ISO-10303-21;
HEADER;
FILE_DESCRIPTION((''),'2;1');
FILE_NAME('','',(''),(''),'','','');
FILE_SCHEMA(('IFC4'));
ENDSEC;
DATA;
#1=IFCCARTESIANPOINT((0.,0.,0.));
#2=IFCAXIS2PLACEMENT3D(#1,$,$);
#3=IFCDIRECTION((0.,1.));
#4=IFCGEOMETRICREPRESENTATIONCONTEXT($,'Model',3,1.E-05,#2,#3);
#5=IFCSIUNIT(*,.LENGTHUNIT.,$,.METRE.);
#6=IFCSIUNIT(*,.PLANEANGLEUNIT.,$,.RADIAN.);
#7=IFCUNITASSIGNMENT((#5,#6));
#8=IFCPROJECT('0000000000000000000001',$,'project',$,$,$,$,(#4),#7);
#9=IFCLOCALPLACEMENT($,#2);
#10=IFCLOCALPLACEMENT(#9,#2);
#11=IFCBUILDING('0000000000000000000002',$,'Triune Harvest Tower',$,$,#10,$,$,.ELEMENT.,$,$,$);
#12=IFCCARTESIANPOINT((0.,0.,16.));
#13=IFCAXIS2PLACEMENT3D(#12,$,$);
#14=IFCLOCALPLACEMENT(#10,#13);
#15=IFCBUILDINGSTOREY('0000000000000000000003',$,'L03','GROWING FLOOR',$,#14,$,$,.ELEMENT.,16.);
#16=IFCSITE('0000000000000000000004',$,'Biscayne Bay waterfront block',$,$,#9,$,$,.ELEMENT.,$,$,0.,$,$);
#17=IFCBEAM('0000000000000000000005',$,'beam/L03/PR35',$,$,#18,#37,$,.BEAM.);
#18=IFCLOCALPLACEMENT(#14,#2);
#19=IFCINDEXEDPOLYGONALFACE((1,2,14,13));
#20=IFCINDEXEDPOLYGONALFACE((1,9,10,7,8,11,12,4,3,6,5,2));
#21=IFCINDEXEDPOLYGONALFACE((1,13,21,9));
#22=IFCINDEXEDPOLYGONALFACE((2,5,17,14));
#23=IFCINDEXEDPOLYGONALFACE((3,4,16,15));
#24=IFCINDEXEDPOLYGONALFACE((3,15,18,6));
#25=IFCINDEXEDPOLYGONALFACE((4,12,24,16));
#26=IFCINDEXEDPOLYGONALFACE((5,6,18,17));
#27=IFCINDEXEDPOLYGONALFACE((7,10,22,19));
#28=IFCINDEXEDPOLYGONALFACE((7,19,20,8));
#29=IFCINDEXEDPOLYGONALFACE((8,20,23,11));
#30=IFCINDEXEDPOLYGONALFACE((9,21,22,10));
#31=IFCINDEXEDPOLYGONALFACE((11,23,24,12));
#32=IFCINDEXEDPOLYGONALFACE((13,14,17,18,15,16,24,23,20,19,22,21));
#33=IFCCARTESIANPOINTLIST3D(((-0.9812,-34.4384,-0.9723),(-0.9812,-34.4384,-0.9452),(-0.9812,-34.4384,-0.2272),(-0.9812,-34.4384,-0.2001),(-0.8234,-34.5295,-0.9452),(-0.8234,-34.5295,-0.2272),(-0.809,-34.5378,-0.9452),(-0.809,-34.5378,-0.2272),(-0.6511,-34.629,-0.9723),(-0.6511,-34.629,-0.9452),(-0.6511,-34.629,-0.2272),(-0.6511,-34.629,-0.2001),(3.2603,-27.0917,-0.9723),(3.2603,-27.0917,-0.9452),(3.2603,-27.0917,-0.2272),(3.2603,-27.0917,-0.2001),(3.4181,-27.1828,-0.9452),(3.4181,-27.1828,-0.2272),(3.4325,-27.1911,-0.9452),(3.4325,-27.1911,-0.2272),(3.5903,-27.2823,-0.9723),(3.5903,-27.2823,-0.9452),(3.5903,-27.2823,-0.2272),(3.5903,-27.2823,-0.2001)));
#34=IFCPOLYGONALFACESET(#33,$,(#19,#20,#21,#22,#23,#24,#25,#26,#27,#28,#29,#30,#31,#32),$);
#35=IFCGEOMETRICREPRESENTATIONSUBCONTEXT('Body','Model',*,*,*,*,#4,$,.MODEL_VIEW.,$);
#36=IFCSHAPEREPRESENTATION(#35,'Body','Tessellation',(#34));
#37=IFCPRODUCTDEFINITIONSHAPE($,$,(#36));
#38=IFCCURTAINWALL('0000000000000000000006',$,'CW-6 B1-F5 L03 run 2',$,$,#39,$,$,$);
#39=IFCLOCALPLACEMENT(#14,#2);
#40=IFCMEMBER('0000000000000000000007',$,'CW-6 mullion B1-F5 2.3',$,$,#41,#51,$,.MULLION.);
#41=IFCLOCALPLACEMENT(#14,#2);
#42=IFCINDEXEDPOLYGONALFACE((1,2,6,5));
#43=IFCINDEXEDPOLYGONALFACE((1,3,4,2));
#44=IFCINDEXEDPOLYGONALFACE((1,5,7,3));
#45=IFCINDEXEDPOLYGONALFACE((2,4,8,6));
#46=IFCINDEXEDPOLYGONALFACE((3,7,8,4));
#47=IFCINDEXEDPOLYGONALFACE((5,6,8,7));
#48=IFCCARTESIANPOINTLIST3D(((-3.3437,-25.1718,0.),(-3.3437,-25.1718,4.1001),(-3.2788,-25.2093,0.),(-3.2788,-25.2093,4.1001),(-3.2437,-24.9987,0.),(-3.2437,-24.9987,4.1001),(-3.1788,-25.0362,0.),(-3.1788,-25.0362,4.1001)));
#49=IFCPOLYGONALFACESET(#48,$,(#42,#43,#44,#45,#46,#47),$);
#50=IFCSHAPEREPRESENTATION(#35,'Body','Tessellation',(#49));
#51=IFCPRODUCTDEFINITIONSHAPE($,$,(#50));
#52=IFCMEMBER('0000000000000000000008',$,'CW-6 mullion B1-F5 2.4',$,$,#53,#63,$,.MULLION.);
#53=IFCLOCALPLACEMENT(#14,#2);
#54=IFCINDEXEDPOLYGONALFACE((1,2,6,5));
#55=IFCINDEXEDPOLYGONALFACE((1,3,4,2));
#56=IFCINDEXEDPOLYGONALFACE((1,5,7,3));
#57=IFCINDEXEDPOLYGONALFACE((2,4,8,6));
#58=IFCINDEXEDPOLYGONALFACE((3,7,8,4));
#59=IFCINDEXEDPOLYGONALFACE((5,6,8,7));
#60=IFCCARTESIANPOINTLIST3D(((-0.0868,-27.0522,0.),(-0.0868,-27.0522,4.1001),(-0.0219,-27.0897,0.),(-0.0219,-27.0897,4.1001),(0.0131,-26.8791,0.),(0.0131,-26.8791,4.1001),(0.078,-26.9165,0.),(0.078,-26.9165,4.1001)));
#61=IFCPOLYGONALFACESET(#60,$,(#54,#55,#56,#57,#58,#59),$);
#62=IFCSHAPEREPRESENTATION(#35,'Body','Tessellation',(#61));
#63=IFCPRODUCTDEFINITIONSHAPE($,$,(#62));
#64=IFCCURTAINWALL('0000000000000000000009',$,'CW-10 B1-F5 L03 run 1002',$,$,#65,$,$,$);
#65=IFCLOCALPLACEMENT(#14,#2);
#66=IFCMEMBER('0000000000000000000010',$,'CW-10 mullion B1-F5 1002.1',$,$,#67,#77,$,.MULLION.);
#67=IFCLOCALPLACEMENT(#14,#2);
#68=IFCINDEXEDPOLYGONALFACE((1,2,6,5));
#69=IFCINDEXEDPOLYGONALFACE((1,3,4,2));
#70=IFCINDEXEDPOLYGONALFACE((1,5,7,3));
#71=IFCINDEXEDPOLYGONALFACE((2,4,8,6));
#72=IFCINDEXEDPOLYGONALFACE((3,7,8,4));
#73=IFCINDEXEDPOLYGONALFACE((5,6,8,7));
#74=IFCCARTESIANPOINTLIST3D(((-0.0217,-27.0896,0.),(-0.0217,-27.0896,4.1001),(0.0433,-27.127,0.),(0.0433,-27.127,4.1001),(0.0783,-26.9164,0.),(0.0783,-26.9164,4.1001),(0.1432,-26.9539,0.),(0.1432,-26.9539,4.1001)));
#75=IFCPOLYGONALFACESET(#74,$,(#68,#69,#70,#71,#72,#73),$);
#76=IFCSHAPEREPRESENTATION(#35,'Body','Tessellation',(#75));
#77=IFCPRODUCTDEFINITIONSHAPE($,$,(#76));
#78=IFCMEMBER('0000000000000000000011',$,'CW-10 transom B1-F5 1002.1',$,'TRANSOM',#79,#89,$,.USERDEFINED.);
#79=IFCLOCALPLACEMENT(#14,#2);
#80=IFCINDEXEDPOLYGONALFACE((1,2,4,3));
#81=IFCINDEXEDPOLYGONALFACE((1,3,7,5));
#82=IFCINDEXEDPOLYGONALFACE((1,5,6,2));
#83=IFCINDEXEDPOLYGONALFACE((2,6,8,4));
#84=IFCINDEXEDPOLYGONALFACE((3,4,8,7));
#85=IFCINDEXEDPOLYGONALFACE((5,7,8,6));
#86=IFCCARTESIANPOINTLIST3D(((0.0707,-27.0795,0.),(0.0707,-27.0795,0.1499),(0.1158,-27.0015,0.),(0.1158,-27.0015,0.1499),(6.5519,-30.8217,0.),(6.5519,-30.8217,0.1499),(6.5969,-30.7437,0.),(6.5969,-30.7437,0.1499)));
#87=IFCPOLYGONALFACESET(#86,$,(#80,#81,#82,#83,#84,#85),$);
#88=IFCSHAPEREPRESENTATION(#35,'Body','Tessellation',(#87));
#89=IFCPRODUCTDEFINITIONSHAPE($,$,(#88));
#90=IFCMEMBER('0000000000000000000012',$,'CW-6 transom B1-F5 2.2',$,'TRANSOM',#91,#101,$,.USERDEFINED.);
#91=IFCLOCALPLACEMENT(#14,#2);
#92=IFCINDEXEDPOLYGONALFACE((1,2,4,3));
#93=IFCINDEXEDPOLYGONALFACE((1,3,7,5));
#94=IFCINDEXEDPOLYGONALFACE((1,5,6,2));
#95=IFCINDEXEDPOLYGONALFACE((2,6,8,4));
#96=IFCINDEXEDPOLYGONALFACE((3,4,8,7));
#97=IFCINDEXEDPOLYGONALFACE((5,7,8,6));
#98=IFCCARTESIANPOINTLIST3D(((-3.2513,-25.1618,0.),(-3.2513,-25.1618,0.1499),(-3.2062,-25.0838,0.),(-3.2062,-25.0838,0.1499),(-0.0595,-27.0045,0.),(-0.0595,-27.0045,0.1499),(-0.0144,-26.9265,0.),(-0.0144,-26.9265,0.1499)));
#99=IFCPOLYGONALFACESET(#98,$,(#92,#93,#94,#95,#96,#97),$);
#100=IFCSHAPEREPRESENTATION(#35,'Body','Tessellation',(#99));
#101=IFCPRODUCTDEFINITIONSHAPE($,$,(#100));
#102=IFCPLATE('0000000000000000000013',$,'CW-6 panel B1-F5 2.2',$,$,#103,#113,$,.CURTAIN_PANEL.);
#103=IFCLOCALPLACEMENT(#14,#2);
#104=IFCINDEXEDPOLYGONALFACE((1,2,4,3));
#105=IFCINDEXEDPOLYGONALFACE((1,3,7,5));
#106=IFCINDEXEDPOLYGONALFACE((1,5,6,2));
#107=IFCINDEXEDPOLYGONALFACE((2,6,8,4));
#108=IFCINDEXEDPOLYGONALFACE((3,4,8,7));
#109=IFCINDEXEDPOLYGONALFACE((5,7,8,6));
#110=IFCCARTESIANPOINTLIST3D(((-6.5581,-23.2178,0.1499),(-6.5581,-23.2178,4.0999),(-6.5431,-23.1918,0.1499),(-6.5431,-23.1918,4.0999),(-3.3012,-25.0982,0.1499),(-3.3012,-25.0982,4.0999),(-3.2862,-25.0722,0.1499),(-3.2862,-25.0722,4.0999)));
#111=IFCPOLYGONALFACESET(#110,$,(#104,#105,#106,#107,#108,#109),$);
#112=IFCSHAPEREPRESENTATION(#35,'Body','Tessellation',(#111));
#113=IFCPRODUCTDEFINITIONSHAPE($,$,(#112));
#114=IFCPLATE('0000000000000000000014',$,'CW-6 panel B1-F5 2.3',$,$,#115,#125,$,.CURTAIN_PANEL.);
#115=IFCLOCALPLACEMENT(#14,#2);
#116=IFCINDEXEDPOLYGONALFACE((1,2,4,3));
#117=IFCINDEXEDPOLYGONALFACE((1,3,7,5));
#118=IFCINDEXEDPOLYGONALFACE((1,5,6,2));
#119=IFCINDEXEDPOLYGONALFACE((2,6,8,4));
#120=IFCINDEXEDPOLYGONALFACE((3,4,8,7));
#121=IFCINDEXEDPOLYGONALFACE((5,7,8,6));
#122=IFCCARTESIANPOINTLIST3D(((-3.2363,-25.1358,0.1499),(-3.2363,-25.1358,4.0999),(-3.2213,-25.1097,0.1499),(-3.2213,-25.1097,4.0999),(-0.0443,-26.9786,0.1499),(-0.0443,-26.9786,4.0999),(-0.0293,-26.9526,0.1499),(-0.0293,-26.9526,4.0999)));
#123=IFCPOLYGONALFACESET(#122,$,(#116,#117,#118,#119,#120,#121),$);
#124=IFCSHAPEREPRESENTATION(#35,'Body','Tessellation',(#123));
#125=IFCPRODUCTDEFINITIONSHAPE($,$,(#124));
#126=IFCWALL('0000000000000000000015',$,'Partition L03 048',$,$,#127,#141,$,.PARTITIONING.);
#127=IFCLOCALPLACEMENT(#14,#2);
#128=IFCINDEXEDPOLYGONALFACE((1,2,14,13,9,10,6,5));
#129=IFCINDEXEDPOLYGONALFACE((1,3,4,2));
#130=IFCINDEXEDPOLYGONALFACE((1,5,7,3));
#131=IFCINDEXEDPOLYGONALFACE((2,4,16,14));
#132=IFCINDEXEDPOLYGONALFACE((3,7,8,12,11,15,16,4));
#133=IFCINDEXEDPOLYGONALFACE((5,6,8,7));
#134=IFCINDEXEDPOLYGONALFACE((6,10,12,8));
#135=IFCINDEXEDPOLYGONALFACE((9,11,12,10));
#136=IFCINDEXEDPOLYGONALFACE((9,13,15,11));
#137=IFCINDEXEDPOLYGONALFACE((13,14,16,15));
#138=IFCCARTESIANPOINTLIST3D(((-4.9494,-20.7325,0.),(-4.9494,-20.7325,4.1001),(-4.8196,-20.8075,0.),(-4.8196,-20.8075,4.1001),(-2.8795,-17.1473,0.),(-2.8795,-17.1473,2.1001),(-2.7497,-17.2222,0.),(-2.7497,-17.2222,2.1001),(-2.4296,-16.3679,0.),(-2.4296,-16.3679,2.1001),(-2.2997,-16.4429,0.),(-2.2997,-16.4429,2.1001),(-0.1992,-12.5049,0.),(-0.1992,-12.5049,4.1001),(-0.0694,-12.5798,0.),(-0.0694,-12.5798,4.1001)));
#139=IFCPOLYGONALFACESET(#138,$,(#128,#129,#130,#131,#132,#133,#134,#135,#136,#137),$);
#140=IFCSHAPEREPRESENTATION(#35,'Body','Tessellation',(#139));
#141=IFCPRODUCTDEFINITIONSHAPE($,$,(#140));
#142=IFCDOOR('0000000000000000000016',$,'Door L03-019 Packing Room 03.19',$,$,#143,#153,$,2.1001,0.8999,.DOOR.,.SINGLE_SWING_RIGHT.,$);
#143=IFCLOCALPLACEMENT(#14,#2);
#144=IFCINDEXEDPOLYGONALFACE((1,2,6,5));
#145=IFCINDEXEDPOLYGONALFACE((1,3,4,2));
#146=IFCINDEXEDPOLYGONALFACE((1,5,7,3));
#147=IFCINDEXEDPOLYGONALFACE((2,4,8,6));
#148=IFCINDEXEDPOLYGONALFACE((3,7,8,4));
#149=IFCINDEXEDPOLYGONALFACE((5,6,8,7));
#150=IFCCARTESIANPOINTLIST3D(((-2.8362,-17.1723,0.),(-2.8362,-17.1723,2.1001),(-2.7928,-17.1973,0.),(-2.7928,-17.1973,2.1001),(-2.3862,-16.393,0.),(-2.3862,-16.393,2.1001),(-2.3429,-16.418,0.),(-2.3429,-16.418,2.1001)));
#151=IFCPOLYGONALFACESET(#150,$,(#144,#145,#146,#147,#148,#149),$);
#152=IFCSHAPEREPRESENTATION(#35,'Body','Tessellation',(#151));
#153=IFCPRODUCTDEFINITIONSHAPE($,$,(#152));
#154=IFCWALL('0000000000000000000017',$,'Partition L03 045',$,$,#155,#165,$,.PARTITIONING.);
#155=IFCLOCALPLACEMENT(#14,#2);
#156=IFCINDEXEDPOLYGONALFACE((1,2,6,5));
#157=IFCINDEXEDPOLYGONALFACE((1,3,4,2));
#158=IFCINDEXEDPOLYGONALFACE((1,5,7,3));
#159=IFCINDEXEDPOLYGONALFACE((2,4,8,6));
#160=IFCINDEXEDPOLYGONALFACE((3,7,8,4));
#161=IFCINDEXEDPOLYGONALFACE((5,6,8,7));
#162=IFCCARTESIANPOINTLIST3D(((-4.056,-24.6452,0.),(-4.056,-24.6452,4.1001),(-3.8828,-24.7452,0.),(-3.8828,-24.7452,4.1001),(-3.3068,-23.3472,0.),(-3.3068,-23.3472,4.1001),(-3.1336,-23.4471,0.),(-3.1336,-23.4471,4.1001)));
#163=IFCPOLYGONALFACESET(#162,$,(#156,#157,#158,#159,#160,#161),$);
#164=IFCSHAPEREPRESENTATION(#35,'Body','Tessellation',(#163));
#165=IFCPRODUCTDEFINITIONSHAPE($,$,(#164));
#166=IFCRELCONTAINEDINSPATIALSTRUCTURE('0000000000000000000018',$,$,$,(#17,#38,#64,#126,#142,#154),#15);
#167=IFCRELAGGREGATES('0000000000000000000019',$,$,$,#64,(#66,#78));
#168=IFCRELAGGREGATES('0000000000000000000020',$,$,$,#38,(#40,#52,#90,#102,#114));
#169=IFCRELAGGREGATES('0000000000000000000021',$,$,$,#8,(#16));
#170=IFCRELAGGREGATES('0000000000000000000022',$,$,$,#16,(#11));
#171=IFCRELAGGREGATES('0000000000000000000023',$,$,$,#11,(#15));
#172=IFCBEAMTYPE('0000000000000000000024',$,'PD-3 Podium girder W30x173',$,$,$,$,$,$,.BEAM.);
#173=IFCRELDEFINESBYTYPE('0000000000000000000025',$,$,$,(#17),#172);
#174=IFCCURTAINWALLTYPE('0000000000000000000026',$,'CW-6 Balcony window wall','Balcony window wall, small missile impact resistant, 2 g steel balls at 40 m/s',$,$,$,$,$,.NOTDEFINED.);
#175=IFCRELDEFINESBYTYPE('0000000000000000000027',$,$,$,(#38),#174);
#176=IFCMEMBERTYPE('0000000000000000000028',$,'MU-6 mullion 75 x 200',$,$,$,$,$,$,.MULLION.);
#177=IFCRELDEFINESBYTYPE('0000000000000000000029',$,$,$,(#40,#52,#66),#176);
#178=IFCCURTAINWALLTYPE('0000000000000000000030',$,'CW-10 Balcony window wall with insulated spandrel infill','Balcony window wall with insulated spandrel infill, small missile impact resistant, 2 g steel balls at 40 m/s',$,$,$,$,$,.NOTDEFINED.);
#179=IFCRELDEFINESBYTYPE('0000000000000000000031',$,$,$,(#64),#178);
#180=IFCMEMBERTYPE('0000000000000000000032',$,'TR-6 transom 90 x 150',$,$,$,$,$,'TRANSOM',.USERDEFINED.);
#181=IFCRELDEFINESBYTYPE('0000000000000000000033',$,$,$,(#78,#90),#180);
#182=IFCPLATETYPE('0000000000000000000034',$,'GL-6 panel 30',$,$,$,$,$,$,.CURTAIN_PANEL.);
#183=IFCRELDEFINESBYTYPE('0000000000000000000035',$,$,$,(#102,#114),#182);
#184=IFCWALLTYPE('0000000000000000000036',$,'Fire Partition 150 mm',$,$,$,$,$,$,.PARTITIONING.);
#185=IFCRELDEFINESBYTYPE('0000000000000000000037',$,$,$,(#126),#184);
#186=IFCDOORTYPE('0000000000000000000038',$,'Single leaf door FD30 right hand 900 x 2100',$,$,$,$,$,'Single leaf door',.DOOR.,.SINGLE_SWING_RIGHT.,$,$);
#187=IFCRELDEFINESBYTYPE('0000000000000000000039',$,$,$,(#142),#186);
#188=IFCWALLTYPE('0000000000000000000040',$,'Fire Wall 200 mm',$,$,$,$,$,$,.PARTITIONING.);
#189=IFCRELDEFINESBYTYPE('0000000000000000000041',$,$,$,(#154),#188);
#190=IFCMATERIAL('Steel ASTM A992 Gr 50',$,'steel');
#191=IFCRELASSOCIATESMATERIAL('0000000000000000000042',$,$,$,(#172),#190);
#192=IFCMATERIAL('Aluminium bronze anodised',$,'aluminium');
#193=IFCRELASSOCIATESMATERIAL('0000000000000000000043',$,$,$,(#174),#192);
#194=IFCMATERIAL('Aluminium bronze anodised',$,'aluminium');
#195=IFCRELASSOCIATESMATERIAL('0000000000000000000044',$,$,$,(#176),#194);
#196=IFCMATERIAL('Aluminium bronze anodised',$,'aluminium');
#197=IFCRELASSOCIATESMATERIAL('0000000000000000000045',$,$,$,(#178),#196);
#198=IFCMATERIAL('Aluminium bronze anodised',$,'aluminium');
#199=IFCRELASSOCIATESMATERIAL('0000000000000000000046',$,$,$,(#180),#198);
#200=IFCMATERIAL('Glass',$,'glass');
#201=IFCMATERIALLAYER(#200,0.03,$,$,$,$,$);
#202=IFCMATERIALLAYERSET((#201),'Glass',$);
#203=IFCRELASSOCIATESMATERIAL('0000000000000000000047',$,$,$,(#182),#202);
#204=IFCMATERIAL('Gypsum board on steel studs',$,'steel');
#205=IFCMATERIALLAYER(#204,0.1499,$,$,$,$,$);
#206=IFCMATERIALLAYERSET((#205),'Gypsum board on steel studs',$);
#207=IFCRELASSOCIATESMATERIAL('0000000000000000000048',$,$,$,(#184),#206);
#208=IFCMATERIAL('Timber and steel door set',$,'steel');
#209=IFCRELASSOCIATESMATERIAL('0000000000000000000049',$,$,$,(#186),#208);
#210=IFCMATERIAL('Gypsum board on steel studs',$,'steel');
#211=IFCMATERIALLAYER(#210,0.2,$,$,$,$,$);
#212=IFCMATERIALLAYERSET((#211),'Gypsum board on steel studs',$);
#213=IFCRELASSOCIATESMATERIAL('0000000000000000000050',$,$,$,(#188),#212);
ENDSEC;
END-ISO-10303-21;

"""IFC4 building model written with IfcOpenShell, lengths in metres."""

from ifc_helpers import new_model, si_unit, direction, frame, frame_2d, origin, origin_2d, place, context, subcontext, project, spatial, rectangle, i_section, extrude, source, transform, mapped, material, layer, layer_set, material_profile, profile_set, type_object, element, fill, aggregate, save


model = new_model("IFC4")

# Units and contexts
model_context = context("Model", 3, precision=1e-05, world=origin(), true_north=direction((0.0, 1.0)))
body_context = subcontext(model_context, "Body", "Model", "MODEL_VIEW")
ifc_project = project(units=[si_unit("LENGTHUNIT", "METRE"), si_unit("PLANEANGLEUNIT", "RADIAN")], contexts=[model_context])

# Site, building, storey
site_placement = place(None, origin())
site = spatial("IfcSite", under=ifc_project, at=site_placement, Name="Biscayne Bay waterfront block", CompositionType="ELEMENT", RefElevation=0.0)
building_placement = place(site_placement, origin())
building = spatial("IfcBuilding", under=site, at=building_placement, Name="Triune Harvest Tower", CompositionType="ELEMENT")
storey_placement = place(building_placement, frame((0.0, 0.0, 16.0)))
storey = spatial("IfcBuildingStorey", under=building, at=storey_placement, Name="L03", Description="GROWING FLOOR", CompositionType="ELEMENT", Elevation=16.0)

# Beam
ifc_material_1 = material(Name="Steel ASTM A992 Gr 50", Category="steel")
ifc_material_profile_1 = material_profile(ifc_material_1, i_section(OverallWidth=0.3811, OverallDepth=0.7722, WebThickness=0.0166, FlangeThickness=0.0271, at=origin_2d()), Name="W30x173")
ifc_profile_set_1 = profile_set([ifc_material_profile_1], Name="Steel ASTM A992 Gr 50")
beam_type_1 = type_object("IfcBeamType", Name="PD-3 Podium girder W30x173", PredefinedType="BEAM", material=ifc_profile_set_1)
shared_shape_1 = source(origin(), body_context, "Body", "SweptSolid", [
    extrude(i_section(OverallWidth=0.3811, OverallDepth=0.7722, WebThickness=0.0166, FlangeThickness=0.0271, at=origin_2d()), origin(), (0.0, 0.0, 1.0), 8.4832),
])
beam_1_placement = place(storey_placement, frame((-0.8162, -34.5337, -0.5862), z_axis=(0.499987, 0.866033, 0.0), x_axis=(-0.866033, 0.499987, 0.0)))
element("IfcBeam", 1, at=beam_1_placement, inside=storey, type_object=beam_type_1, Name="beam/L03/PR35", PredefinedType="BEAM", context=body_context, shape_type="MappedRepresentation", body=[
    mapped(shared_shape_1, transform((0.0, 0.0, 0.0), scale=1.0)),
])

# Curtain walls, members
ifc_material_2 = material(Name="Aluminium bronze anodised", Category="aluminium")
curtain_wall_type_1 = type_object("IfcCurtainWallType", Name="CW-6 Balcony window wall", Description="Balcony window wall, small missile impact resistant, 2 g steel balls at 40 m/s", PredefinedType="NOTDEFINED", material=ifc_material_2)
curtain_wall_1_placement = place(storey_placement, origin())
curtain_wall_1 = element("IfcCurtainWall", 2, at=curtain_wall_1_placement, inside=storey, type_object=curtain_wall_type_1, Name="CW-6 B1-F5 L03 run 2")
ifc_material_3 = material(Name="Aluminium bronze anodised", Category="aluminium")
ifc_material_profile_2 = material_profile(ifc_material_3, rectangle(XDim=0.2, YDim=0.075, at=origin_2d()), Name="MU-6 mullion 75 x 200")
ifc_profile_set_2 = profile_set([ifc_material_profile_2], Name="Aluminium bronze anodised")
member_type_1 = type_object("IfcMemberType", Name="MU-6 mullion 75 x 200", PredefinedType="MULLION", material=ifc_profile_set_2)
shared_shape_2 = source(origin(), body_context, "Body", "SweptSolid", [
    extrude(rectangle(XDim=0.2, YDim=0.075, at=origin_2d()), origin(), (0.0, 0.0, 1.0), 4.1001),
])
member_1_placement = place(storey_placement, frame((-3.2612, -25.104, 0.0), z_axis=(0.0, 0.0, 1.0), x_axis=(0.499997, 0.866027, 0.0)))
member_1 = element("IfcMember", 3, at=member_1_placement, type_object=member_type_1, Name="CW-6 mullion B1-F5 2.3", PredefinedType="MULLION", context=body_context, shape_type="MappedRepresentation", body=[
    mapped(shared_shape_2, transform((0.0, 0.0, 0.0), scale=1.0)),
])
member_2_placement = place(storey_placement, frame((-0.0044, -26.9844, 0.0), z_axis=(0.0, 0.0, 1.0), x_axis=(0.499997, 0.866027, 0.0)))
member_2 = element("IfcMember", 4, at=member_2_placement, type_object=member_type_1, Name="CW-6 mullion B1-F5 2.4", PredefinedType="MULLION", context=body_context, shape_type="MappedRepresentation", body=[
    mapped(shared_shape_2, transform((0.0, 0.0, 0.0), scale=1.0)),
])
ifc_material_4 = material(Name="Aluminium bronze anodised", Category="aluminium")
curtain_wall_type_2 = type_object("IfcCurtainWallType", Name="CW-10 Balcony window wall with insulated spandrel infill", Description="Balcony window wall with insulated spandrel infill, small missile impact resistant, 2 g steel balls at 40 m/s", PredefinedType="NOTDEFINED", material=ifc_material_4)
curtain_wall_2_placement = place(storey_placement, origin())
curtain_wall_2 = element("IfcCurtainWall", 5, at=curtain_wall_2_placement, inside=storey, type_object=curtain_wall_type_2, Name="CW-10 B1-F5 L03 run 1002")
member_3_placement = place(storey_placement, frame((0.0608, -27.0217, 0.0), z_axis=(0.0, 0.0, 1.0), x_axis=(0.500007, 0.866021, 0.0)))
member_3 = element("IfcMember", 6, at=member_3_placement, type_object=member_type_1, Name="CW-10 mullion B1-F5 1002.1", PredefinedType="MULLION", context=body_context, shape_type="MappedRepresentation", body=[
    mapped(shared_shape_2, transform((0.0, 0.0, 0.0), scale=1.0)),
])
ifc_material_5 = material(Name="Aluminium bronze anodised", Category="aluminium")
ifc_material_profile_3 = material_profile(ifc_material_5, rectangle(XDim=0.0901, YDim=0.1499, at=origin_2d()), Name="TR-6 transom 90 x 150")
ifc_profile_set_3 = profile_set([ifc_material_profile_3], Name="Aluminium bronze anodised")
member_type_2 = type_object("IfcMemberType", Name="TR-6 transom 90 x 150", ElementType="TRANSOM", PredefinedType="USERDEFINED", material=ifc_profile_set_3)
shared_shape_3 = source(origin(), body_context, "Body", "SweptSolid", [
    extrude(rectangle(XDim=0.0901, YDim=0.1499, at=origin_2d()), origin(), (0.0, 0.0, 1.0), 7.4839),
])
member_4_placement = place(storey_placement, frame((0.0933, -27.0405, 0.075), z_axis=(0.86601, -0.500026, 0.0), x_axis=(0.500026, 0.86601, 0.0)))
member_4 = element("IfcMember", 7, at=member_4_placement, type_object=member_type_2, Name="CW-10 transom B1-F5 1002.1", ObjectType="TRANSOM", PredefinedType="USERDEFINED", context=body_context, shape_type="MappedRepresentation", body=[
    mapped(shared_shape_3, transform((0.0, 0.0, 0.0), scale=1.0)),
])
aggregate(curtain_wall_2, [member_3, member_4])

# Member
shared_shape_4 = source(origin(), body_context, "Body", "SweptSolid", [
    extrude(rectangle(XDim=0.0901, YDim=0.1499, at=origin_2d()), origin(), (0.0, 0.0, 1.0), 3.6855),
])
member_5_placement = place(storey_placement, frame((-3.2288, -25.1228, 0.075), z_axis=(0.866033, -0.499986, 0.0), x_axis=(0.499986, 0.866033, 0.0)))
member_5 = element("IfcMember", 8, at=member_5_placement, type_object=member_type_2, Name="CW-6 transom B1-F5 2.2", ObjectType="TRANSOM", PredefinedType="USERDEFINED", context=body_context, shape_type="MappedRepresentation", body=[
    mapped(shared_shape_4, transform((0.0, 0.0, 0.0), scale=1.0)),
])

# Plates
ifc_material_6 = material(Name="Glass", Category="glass")
ifc_layer_1 = layer(ifc_material_6, 0.03)
ifc_layer_set_1 = layer_set([ifc_layer_1], Name="Glass")
plate_type = type_object("IfcPlateType", Name="GL-6 panel 30", PredefinedType="CURTAIN_PANEL", material=ifc_layer_set_1)
plate_1_placement = place(storey_placement, frame((-4.9221, -24.145, 0.1499), z_axis=(0.0, 0.0, 1.0), x_axis=(0.866027, -0.499997, 0.0)))
plate_1 = element("IfcPlate", 9, at=plate_1_placement, type_object=plate_type, Name="CW-6 panel B1-F5 2.2", PredefinedType="CURTAIN_PANEL", context=body_context, shape_type="SweptSolid", body=[
    extrude(rectangle(XDim=3.7607, YDim=0.03, at=origin_2d()), origin(), (0.0, 0.0, 1.0), 3.95),
])
plate_2_placement = place(storey_placement, frame((-1.6328, -26.0442, 0.1499), z_axis=(0.0, 0.0, 1.0), x_axis=(0.866027, -0.499997, 0.0)))
plate_2 = element("IfcPlate", 10, at=plate_2_placement, type_object=plate_type, Name="CW-6 panel B1-F5 2.3", PredefinedType="CURTAIN_PANEL", context=body_context, shape_type="SweptSolid", body=[
    extrude(rectangle(XDim=3.6858, YDim=0.03, at=origin_2d()), origin(), (0.0, 0.0, 1.0), 3.95),
])
aggregate(curtain_wall_1, [member_1, member_2, member_5, plate_1, plate_2])

# Wall, opening, door
ifc_material_7 = material(Name="Gypsum board on steel studs", Category="steel")
ifc_layer_2 = layer(ifc_material_7, 0.1499)
ifc_layer_set_2 = layer_set([ifc_layer_2], Name="Gypsum board on steel studs")
wall_type_1 = type_object("IfcWallType", Name="Fire Partition 150 mm", PredefinedType="PARTITIONING", material=ifc_layer_set_2)
wall_1_placement = place(storey_placement, frame((-4.8845, -20.77, 0.0), z_axis=(0.0, 0.0, 1.0), x_axis=(0.499995, 0.866029, 0.0)))
wall_1 = element("IfcWall", 11, at=wall_1_placement, inside=storey, type_object=wall_type_1, Name="Partition L03 048", PredefinedType="PARTITIONING", context=body_context, shape_type="SweptSolid", body=[
    extrude(rectangle(XDim=9.5005, YDim=0.1499, at=frame_2d((4.7502, 0.0))), origin(), (0.0, 0.0, 1.0), 4.1001),
])
opening_placement = place(wall_1_placement, frame((4.1399, 0.0, 0.0)))
opening = element("IfcOpeningElement", 12, at=opening_placement, cuts=wall_1, PredefinedType="OPENING", context=body_context, shape_type="SweptSolid", body=[
    extrude(rectangle(XDim=0.8999, YDim=2.1001, at=frame_2d((0.45, 1.05))), frame((0.0, 0.085, 0.0), z_axis=(0.0, -1.0, 0.0), x_axis=(1.0, 0.0, 0.0)), (0.0, 0.0, 1.0), 0.1699),
])
ifc_material_8 = material(Name="Timber and steel door set", Category="steel")
door_type = type_object("IfcDoorType", Name="Single leaf door FD30 right hand 900 x 2100", ElementType="Single leaf door", OperationType="SINGLE_SWING_RIGHT", PredefinedType="DOOR", material=ifc_material_8)
door_placement = place(opening_placement, origin())
door = element("IfcDoor", 13, at=door_placement, inside=storey, type_object=door_type, Name="Door L03-019 Packing Room 03.19", OperationType="SINGLE_SWING_RIGHT", OverallHeight=2.1001, OverallWidth=0.8999, PredefinedType="DOOR", context=body_context, shape_type="SweptSolid", body=[
    extrude(rectangle(XDim=0.8999, YDim=2.1001, at=frame_2d((0.45, 1.05))), frame((0.0, 0.0249, 0.0), z_axis=(0.0, -1.0, 0.0), x_axis=(1.0, 0.0, 0.0)), (0.0, 0.0, 1.0), 0.05),
])
fill(opening, door)

# Wall
ifc_material_9 = material(Name="Gypsum board on steel studs", Category="steel")
ifc_layer_3 = layer(ifc_material_9, 0.2)
ifc_layer_set_3 = layer_set([ifc_layer_3], Name="Gypsum board on steel studs")
wall_type_2 = type_object("IfcWallType", Name="Fire Wall 200 mm", PredefinedType="PARTITIONING", material=ifc_layer_set_3)
shared_shape_5 = source(origin(), body_context, "Body", "SweptSolid", [
    extrude(rectangle(XDim=1.4988, YDim=0.2, at=frame_2d((0.7495, 0.0))), origin(), (0.0, 0.0, 1.0), 4.1001),
])
wall_2_placement = place(storey_placement, frame((-3.9695, -24.6953, 0.0), z_axis=(0.0, 0.0, 1.0), x_axis=(0.499906, 0.86608, 0.0)))
element("IfcWall", 14, at=wall_2_placement, inside=storey, type_object=wall_type_2, Name="Partition L03 045", PredefinedType="PARTITIONING", context=body_context, shape_type="MappedRepresentation", body=[
    mapped(shared_shape_5, transform((0.0, 0.0, 0.0), scale=1.0)),
])

save(model, "model.ifc")
